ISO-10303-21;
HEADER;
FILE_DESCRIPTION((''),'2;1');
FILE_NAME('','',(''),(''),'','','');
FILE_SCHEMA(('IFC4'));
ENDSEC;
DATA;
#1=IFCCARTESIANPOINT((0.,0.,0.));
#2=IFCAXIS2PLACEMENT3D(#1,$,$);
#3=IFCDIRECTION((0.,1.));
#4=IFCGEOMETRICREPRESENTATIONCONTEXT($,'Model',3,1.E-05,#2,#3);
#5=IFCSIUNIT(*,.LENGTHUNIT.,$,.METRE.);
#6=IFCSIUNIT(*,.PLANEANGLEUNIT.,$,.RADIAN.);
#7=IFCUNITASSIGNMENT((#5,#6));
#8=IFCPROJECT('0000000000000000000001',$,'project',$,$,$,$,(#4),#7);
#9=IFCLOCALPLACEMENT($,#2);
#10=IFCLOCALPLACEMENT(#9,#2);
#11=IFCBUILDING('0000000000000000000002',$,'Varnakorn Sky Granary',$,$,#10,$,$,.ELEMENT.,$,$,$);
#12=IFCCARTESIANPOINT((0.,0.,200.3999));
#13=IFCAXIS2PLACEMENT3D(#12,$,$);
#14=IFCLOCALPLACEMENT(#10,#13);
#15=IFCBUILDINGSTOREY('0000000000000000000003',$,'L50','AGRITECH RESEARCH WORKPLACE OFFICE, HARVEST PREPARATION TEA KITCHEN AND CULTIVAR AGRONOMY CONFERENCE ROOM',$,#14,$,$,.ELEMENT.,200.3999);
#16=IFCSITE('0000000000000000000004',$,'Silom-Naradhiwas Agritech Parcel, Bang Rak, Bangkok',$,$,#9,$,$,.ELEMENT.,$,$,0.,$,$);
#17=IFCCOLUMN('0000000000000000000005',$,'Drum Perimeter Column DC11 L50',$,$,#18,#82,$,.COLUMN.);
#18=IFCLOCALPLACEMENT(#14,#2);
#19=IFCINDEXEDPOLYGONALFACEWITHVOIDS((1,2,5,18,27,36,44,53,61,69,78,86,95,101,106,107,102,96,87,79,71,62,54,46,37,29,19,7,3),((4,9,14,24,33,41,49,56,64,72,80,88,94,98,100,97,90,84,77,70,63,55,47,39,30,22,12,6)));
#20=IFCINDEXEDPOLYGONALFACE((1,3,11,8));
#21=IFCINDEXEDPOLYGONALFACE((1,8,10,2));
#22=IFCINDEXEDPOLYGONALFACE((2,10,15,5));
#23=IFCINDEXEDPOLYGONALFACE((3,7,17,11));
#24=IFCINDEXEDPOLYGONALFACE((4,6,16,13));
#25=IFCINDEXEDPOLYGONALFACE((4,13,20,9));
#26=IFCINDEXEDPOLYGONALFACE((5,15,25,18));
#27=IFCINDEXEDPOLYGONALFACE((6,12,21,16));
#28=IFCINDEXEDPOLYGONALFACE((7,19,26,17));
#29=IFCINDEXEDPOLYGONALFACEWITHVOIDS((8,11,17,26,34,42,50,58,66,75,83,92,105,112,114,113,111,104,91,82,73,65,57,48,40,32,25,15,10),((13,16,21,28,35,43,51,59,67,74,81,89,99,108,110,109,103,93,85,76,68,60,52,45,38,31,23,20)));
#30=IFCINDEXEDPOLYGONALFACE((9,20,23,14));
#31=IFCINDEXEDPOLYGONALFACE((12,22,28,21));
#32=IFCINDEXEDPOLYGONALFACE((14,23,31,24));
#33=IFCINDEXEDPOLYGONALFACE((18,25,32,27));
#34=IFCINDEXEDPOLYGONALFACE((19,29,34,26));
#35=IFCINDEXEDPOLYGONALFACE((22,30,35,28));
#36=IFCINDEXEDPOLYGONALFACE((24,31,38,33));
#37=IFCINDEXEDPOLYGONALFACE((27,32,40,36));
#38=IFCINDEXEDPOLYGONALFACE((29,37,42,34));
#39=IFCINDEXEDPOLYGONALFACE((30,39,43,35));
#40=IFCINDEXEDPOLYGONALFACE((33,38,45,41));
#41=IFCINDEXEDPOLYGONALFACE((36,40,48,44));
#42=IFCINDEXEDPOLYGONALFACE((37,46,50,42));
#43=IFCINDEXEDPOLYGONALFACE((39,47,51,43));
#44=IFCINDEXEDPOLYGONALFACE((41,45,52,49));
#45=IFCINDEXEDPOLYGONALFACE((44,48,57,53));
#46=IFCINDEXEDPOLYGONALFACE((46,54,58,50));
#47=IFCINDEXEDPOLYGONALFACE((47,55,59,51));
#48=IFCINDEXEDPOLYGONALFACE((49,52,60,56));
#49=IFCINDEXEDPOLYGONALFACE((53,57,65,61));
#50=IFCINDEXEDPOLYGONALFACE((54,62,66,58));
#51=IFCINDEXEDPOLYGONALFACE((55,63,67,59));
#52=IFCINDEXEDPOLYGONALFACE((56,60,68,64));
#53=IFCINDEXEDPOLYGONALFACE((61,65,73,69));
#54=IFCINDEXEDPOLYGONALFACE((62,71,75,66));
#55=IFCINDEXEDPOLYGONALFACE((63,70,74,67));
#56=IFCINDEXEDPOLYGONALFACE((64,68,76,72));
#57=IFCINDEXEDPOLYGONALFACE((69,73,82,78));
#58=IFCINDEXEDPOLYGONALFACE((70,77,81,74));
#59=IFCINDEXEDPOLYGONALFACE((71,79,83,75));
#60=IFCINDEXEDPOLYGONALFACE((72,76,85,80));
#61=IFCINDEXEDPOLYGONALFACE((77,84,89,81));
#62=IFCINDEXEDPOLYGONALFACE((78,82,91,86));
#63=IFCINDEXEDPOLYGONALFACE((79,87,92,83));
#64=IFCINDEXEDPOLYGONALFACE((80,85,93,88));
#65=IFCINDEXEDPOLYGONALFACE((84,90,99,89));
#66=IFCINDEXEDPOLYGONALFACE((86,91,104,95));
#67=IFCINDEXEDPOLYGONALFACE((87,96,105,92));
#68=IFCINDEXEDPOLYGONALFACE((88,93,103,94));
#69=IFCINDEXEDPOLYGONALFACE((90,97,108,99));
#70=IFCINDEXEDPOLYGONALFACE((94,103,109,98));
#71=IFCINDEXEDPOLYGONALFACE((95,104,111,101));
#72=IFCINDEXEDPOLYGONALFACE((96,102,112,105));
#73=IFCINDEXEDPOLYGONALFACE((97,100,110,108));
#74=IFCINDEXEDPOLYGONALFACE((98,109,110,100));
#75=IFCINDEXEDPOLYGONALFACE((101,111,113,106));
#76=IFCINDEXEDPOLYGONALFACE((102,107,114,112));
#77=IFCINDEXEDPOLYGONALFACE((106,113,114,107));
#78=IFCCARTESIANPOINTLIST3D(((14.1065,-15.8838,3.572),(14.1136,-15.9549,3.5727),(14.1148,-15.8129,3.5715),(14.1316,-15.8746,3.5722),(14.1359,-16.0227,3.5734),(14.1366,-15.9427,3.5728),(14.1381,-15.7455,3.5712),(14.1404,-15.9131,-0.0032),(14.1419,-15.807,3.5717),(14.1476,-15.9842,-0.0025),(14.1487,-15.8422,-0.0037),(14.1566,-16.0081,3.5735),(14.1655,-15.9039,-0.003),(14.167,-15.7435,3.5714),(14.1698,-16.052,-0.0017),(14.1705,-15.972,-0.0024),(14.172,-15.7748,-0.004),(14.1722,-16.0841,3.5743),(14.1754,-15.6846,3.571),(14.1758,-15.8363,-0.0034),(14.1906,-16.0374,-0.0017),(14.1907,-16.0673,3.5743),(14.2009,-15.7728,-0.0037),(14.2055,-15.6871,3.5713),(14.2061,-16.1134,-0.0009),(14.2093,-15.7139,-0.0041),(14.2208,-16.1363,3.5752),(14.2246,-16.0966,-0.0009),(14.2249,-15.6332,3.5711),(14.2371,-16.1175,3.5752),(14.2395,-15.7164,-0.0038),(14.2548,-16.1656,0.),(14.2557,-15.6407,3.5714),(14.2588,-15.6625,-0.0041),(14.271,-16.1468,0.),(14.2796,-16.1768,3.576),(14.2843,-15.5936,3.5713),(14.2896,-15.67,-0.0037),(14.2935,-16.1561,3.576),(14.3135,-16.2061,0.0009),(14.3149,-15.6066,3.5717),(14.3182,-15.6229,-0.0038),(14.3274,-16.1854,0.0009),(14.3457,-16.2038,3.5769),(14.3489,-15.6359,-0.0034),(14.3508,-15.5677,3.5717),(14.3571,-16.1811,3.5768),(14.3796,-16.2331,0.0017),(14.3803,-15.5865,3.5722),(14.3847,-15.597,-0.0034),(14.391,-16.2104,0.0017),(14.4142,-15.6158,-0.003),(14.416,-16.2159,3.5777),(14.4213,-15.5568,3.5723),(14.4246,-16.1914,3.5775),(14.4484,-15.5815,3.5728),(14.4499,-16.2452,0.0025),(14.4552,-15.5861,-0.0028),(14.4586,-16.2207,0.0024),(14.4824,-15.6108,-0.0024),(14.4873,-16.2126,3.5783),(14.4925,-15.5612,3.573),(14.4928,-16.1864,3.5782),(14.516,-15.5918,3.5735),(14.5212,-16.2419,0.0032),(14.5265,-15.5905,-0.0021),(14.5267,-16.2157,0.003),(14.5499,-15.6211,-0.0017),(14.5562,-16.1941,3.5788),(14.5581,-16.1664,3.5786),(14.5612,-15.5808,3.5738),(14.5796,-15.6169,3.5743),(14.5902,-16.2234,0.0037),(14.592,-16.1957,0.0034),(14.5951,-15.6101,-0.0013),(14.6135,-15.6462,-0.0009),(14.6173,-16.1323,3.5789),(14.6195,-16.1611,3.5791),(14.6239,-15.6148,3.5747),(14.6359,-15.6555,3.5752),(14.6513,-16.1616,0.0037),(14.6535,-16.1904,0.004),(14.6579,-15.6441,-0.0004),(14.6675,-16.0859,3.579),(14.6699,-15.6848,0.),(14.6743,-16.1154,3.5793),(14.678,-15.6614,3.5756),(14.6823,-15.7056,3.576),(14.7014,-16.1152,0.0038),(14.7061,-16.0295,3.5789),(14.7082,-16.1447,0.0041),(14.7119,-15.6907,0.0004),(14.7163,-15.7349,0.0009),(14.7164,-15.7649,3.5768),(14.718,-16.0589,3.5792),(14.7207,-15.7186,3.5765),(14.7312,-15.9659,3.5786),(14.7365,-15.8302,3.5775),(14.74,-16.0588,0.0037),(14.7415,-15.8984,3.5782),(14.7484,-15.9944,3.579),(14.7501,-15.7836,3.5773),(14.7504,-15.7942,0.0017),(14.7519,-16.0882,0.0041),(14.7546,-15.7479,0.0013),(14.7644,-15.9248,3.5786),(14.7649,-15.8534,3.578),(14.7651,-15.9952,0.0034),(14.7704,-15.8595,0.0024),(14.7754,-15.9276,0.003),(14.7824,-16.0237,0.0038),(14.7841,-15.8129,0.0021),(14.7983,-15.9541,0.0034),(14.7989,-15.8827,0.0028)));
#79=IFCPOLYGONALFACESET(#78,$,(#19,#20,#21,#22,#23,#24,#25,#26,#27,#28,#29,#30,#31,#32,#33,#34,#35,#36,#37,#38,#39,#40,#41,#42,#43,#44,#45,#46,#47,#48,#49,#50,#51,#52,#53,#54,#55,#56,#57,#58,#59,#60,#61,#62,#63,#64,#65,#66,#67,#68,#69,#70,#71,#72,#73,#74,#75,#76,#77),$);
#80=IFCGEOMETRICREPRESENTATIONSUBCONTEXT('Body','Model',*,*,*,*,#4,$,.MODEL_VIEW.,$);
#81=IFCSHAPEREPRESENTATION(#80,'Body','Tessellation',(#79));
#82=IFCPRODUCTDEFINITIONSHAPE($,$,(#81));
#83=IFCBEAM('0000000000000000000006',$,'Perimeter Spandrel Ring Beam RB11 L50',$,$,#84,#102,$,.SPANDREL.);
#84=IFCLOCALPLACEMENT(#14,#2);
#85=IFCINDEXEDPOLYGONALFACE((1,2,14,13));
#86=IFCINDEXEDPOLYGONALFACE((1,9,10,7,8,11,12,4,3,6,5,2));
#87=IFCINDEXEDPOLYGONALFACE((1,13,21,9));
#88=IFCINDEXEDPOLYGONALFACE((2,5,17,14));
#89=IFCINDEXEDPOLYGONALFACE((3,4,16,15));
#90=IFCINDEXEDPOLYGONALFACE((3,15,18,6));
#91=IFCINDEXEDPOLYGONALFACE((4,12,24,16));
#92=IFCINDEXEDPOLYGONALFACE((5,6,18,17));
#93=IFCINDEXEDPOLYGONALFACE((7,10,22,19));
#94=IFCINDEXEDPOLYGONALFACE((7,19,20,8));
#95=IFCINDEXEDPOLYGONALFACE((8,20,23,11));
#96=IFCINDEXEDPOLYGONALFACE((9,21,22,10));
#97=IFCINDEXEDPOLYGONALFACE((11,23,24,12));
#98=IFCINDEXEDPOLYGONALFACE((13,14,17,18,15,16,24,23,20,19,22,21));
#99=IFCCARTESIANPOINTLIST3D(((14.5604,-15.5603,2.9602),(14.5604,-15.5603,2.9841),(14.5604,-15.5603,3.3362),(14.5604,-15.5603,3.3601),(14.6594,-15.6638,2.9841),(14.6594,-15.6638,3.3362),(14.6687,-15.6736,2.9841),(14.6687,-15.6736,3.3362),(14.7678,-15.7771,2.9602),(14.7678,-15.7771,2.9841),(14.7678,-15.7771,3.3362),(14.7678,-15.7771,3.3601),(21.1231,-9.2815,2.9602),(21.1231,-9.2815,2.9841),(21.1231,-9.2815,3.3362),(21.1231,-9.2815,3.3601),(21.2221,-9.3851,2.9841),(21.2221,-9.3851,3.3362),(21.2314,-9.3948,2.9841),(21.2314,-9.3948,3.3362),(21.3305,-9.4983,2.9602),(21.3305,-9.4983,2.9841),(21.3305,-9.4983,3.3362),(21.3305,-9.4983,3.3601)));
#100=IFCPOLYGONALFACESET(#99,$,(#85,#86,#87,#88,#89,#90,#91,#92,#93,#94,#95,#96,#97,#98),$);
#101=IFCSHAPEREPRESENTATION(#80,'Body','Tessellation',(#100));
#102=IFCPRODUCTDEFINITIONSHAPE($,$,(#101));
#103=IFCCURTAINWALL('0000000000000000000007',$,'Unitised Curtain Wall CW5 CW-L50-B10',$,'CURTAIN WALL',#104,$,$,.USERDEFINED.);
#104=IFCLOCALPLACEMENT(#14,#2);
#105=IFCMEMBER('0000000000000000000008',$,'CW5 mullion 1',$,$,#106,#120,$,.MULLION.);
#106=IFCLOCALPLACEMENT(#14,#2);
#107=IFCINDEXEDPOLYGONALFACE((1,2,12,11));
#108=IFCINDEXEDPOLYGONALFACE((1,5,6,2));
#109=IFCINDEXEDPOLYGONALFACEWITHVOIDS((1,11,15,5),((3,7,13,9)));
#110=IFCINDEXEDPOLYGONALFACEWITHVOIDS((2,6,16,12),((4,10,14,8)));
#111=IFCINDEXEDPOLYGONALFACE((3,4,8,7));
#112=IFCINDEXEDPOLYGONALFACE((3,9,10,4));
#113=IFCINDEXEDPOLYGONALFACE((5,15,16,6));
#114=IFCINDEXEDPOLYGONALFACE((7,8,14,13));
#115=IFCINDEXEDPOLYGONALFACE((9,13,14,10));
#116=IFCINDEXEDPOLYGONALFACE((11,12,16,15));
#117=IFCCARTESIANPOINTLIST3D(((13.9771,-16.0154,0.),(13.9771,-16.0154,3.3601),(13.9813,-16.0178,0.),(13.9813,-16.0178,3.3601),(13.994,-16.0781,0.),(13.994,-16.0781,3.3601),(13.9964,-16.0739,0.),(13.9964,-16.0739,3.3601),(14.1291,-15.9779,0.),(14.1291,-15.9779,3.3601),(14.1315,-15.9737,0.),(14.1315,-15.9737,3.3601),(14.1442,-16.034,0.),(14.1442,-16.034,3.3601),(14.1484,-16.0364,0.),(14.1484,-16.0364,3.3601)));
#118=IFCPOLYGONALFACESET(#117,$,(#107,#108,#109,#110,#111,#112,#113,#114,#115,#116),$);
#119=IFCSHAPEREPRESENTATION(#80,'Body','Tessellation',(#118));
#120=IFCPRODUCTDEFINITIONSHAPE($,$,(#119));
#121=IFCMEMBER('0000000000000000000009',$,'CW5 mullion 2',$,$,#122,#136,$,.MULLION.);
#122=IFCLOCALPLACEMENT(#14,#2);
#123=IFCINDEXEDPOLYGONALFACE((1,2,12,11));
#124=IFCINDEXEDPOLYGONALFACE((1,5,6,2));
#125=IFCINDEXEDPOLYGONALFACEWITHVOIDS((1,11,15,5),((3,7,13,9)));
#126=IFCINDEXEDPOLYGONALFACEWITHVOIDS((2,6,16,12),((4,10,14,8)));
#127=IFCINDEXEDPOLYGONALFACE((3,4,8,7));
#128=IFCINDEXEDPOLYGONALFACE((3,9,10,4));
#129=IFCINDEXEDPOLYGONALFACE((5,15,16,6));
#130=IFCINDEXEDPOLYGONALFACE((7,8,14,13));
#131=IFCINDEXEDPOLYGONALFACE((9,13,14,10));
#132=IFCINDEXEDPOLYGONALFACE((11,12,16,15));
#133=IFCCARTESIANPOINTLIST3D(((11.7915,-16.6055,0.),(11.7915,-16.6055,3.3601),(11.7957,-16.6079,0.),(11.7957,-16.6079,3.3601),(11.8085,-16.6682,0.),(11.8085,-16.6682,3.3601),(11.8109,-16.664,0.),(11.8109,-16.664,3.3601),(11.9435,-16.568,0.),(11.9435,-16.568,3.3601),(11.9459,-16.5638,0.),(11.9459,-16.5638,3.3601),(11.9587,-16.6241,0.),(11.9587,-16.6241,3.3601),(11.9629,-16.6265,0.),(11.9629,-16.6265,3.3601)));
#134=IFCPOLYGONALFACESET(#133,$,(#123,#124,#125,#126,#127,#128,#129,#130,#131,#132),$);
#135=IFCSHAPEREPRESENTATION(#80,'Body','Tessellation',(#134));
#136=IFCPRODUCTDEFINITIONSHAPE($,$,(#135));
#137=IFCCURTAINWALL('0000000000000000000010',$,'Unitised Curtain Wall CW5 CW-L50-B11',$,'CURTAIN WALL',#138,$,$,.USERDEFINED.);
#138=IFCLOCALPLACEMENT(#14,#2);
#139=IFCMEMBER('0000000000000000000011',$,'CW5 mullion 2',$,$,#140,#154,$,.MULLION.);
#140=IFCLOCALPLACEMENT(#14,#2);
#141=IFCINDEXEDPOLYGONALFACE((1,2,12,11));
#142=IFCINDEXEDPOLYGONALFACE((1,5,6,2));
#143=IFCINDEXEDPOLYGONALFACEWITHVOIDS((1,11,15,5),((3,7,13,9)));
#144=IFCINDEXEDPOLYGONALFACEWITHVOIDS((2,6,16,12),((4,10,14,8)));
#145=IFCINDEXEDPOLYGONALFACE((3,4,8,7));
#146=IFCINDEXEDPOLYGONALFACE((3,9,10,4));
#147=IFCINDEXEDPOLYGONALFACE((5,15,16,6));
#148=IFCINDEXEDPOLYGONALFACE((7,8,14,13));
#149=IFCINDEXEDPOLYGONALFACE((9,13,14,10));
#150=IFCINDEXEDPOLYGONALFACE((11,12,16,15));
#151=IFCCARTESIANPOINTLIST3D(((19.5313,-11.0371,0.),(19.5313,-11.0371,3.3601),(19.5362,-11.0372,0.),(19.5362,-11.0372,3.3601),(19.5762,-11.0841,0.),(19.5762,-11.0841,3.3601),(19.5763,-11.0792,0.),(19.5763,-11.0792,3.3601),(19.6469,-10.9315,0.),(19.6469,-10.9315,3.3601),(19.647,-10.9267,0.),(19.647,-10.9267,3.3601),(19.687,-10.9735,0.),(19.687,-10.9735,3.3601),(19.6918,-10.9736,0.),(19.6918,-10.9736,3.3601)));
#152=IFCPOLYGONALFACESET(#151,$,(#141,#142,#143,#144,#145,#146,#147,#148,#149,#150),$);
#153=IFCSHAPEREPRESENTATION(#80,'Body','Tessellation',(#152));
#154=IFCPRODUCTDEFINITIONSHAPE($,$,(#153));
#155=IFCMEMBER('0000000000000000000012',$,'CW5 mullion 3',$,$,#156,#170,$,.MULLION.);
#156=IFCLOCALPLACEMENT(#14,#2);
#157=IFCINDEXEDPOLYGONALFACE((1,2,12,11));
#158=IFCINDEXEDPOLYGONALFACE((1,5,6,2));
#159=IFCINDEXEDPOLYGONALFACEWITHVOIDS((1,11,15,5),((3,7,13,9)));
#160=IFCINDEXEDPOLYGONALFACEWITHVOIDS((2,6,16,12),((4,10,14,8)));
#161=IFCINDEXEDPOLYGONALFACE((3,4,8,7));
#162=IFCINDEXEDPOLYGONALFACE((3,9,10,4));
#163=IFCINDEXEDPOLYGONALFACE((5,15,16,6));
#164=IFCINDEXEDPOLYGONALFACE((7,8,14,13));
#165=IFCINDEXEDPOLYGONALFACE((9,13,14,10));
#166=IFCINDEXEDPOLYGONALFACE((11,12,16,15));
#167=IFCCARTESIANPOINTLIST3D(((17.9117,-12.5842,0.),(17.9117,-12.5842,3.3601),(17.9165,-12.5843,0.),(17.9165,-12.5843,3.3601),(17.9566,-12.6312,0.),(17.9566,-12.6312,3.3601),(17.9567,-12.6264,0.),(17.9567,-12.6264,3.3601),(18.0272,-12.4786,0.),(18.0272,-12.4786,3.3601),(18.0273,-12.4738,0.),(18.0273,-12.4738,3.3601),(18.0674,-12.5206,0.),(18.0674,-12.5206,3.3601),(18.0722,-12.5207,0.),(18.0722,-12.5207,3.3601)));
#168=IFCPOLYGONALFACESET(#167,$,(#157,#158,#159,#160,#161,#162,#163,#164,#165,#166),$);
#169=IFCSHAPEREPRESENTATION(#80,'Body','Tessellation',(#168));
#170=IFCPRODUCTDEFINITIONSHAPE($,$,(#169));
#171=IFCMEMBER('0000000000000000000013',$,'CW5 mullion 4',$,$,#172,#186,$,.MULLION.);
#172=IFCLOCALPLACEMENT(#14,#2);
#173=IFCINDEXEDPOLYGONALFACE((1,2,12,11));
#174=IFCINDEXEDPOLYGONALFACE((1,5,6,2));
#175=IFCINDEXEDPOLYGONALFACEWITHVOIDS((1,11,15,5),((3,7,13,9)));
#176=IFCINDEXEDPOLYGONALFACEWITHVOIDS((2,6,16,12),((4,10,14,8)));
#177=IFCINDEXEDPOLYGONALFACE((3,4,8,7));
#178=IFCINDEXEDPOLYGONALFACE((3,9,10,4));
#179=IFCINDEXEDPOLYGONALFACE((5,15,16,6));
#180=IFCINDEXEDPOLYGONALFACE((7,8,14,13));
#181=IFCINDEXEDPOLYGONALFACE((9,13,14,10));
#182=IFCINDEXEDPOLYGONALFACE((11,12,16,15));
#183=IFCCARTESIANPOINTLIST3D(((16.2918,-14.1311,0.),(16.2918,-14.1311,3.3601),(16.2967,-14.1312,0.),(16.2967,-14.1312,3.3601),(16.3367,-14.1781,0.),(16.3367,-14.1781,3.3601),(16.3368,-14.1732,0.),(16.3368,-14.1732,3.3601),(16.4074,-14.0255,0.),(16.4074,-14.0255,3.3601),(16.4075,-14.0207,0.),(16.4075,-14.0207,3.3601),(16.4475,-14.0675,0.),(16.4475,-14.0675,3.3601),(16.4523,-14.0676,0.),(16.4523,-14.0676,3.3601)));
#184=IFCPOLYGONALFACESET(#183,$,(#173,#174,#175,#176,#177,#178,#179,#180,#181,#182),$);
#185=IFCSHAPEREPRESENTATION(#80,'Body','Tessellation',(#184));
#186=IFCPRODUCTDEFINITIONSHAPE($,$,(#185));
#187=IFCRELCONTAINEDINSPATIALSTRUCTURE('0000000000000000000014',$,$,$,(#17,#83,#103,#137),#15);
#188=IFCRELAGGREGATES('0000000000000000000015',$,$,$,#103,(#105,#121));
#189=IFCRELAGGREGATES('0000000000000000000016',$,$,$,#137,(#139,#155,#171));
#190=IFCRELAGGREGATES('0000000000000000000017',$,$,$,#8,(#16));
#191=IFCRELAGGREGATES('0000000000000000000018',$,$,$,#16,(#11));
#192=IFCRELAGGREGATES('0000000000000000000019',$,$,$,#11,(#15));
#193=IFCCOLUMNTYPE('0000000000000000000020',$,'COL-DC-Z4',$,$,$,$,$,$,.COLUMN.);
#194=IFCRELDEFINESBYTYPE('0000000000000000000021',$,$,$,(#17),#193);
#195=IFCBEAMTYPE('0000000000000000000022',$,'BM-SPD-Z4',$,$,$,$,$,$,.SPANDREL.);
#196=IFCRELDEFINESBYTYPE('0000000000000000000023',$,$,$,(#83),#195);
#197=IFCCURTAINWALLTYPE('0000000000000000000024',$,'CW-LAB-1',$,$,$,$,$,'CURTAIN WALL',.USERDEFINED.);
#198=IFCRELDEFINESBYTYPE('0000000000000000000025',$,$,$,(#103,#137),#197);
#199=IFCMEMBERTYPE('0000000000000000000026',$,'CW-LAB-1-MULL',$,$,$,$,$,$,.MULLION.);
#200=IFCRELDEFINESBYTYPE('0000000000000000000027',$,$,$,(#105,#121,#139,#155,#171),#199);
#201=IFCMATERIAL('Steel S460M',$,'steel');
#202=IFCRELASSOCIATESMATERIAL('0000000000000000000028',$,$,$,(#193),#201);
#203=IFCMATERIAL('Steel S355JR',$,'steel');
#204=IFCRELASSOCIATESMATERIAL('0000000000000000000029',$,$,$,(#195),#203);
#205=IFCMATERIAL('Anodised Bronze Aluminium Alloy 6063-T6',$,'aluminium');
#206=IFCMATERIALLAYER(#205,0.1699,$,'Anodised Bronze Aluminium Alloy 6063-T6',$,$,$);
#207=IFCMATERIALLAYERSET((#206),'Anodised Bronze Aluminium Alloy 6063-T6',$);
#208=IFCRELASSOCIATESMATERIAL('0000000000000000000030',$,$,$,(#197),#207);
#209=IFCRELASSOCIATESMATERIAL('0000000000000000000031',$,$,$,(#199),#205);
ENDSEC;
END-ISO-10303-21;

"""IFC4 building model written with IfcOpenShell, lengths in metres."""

from ifc_helpers import new_model, si_unit, direction, frame, origin, origin_2d, place, context, subcontext, project, spatial, hollow_rectangle, hollow_circle, i_section, extrude, material, layer, layer_set, material_profile, profile_set, type_object, element, aggregate, save


model = new_model("IFC4")

# Units and contexts
model_context = context("Model", 3, precision=1e-05, world=origin(), true_north=direction((0.0, 1.0)))
body_context = subcontext(model_context, "Body", "Model", "MODEL_VIEW")
ifc_project = project(units=[si_unit("LENGTHUNIT", "METRE"), si_unit("PLANEANGLEUNIT", "RADIAN")], contexts=[model_context])

# Site, building, storey
site_placement = place(None, origin())
site = spatial("IfcSite", under=ifc_project, at=site_placement, Name="Silom-Naradhiwas Agritech Parcel, Bang Rak, Bangkok", CompositionType="ELEMENT", RefElevation=0.0)
building_placement = place(site_placement, origin())
building = spatial("IfcBuilding", under=site, at=building_placement, Name="Varnakorn Sky Granary", CompositionType="ELEMENT")
storey_placement = place(building_placement, frame((0.0, 0.0, 200.3999)))
storey = spatial("IfcBuildingStorey", under=building, at=storey_placement, Name="L50", Description="AGRITECH RESEARCH WORKPLACE OFFICE, HARVEST PREPARATION TEA KITCHEN AND CULTIVAR AGRONOMY CONFERENCE ROOM", CompositionType="ELEMENT", Elevation=200.3999)

# Column
ifc_material_1 = material(Name="Steel S460M", Category="steel")
ifc_material_profile_1 = material_profile(ifc_material_1, hollow_circle(Radius=0.3301, WallThickness=0.0249, at=origin_2d()), Name="CHS 660x25")
ifc_profile_set_1 = profile_set([ifc_material_profile_1], Name="Steel S460M")
column_type = type_object("IfcColumnType", Name="COL-DC-Z4", PredefinedType="COLUMN", material=ifc_profile_set_1)
column_placement = place(storey_placement, frame((14.4705, -15.9158, 0.0), z_axis=(-0.009491, 0.008194, 0.999921), x_axis=(-0.653478, -0.756945, 0.0)))
element("IfcColumn", 1, at=column_placement, inside=storey, type_object=column_type, Name="Drum Perimeter Column DC11 L50", PredefinedType="COLUMN", context=body_context, shape_type="SweptSolid", body=[
    extrude(hollow_circle(Radius=0.3301, WallThickness=0.0249, at=origin_2d()), origin(), (0.0, 0.0, 1.0), 3.5754),
])

# Beam
ifc_material_2 = material(Name="Steel S355JR", Category="steel")
ifc_material_profile_2 = material_profile(ifc_material_2, i_section(OverallWidth=0.3, OverallDepth=0.3999, WebThickness=0.0134, FlangeThickness=0.0239, at=origin_2d()), Name="HE 400 B")
ifc_profile_set_2 = profile_set([ifc_material_profile_2], Name="Steel S355JR")
beam_type = type_object("IfcBeamType", Name="BM-SPD-Z4", PredefinedType="SPANDREL", material=ifc_profile_set_2)
beam_placement = place(storey_placement, frame((14.6641, -15.6687, 3.1602), z_axis=(0.722565, 0.691303, 0.0), x_axis=(-0.691303, 0.722565, 0.0)))
element("IfcBeam", 2, at=beam_placement, inside=storey, type_object=beam_type, Name="Perimeter Spandrel Ring Beam RB11 L50", PredefinedType="SPANDREL", context=body_context, shape_type="SweptSolid", body=[
    extrude(i_section(OverallWidth=0.3, OverallDepth=0.3999, WebThickness=0.0134, FlangeThickness=0.0239, at=origin_2d()), origin(), (0.0, 0.0, 1.0), 9.0825),
])

# Curtain walls, members
ifc_material_3 = material(Name="Anodised Bronze Aluminium Alloy 6063-T6", Category="aluminium")
ifc_layer_1 = layer(ifc_material_3, 0.1699, Name="Anodised Bronze Aluminium Alloy 6063-T6")
ifc_layer_set_1 = layer_set([ifc_layer_1], Name="Anodised Bronze Aluminium Alloy 6063-T6")
curtain_wall_type = type_object("IfcCurtainWallType", Name="CW-LAB-1", ElementType="CURTAIN WALL", PredefinedType="USERDEFINED", material=ifc_layer_set_1)
curtain_wall_1_placement = place(storey_placement, origin())
curtain_wall_1 = element("IfcCurtainWall", 3, at=curtain_wall_1_placement, inside=storey, type_object=curtain_wall_type, Name="Unitised Curtain Wall CW5 CW-L50-B10", ObjectType="CURTAIN WALL", PredefinedType="USERDEFINED")
ifc_material_profile_3 = material_profile(ifc_material_3, hollow_rectangle(XDim=0.0649, YDim=0.1599, WallThickness=0.0034, at=origin_2d()), Name="ALU MULL 65x160")
ifc_profile_set_3 = profile_set([ifc_material_profile_3], Name="Anodised Bronze Aluminium Alloy 6063-T6")
member_type_1 = type_object("IfcMemberType", Name="CW-LAB-1-MULL", PredefinedType="MULLION", material=ifc_profile_set_3)
member_1_placement = place(storey_placement, frame((14.0627, -16.0259, 0.0), z_axis=(0.0, 0.0, 1.0), x_axis=(0.260643, -0.965435, 0.0)))
member_1 = element("IfcMember", 4, at=member_1_placement, type_object=member_type_1, Name="CW5 mullion 1", PredefinedType="MULLION", context=body_context, shape_type="SweptSolid", body=[
    extrude(hollow_rectangle(XDim=0.0649, YDim=0.1599, WallThickness=0.0034, at=origin_2d()), origin(), (0.0, 0.0, 1.0), 3.3601),
])
member_2_placement = place(storey_placement, frame((11.8772, -16.616, 0.0), z_axis=(0.0, 0.0, 1.0), x_axis=(0.260643, -0.965435, 0.0)))
member_2 = element("IfcMember", 5, at=member_2_placement, type_object=member_type_1, Name="CW5 mullion 2", PredefinedType="MULLION", context=body_context, shape_type="SweptSolid", body=[
    extrude(hollow_rectangle(XDim=0.0649, YDim=0.1599, WallThickness=0.0034, at=origin_2d()), origin(), (0.0, 0.0, 1.0), 3.3601),
])
curtain_wall_2_placement = place(storey_placement, origin())
curtain_wall_2 = element("IfcCurtainWall", 6, at=curtain_wall_2_placement, inside=storey, type_object=curtain_wall_type, Name="Unitised Curtain Wall CW5 CW-L50-B11", ObjectType="CURTAIN WALL", PredefinedType="USERDEFINED")
member_3_placement = place(storey_placement, frame((19.6116, -11.0054, 0.0), z_axis=(0.0, 0.0, 1.0), x_axis=(0.690697, -0.723144, 0.0)))
member_3 = element("IfcMember", 7, at=member_3_placement, type_object=member_type_1, Name="CW5 mullion 2", PredefinedType="MULLION", context=body_context, shape_type="SweptSolid", body=[
    extrude(hollow_rectangle(XDim=0.0649, YDim=0.1599, WallThickness=0.0034, at=origin_2d()), origin(), (0.0, 0.0, 1.0), 3.3601),
])
member_4_placement = place(storey_placement, frame((17.9919, -12.5525, 0.0), z_axis=(0.0, 0.0, 1.0), x_axis=(0.690697, -0.723144, 0.0)))
member_4 = element("IfcMember", 8, at=member_4_placement, type_object=member_type_1, Name="CW5 mullion 3", PredefinedType="MULLION", context=body_context, shape_type="SweptSolid", body=[
    extrude(hollow_rectangle(XDim=0.0649, YDim=0.1599, WallThickness=0.0034, at=origin_2d()), origin(), (0.0, 0.0, 1.0), 3.3601),
])
member_5_placement = place(storey_placement, frame((16.3721, -14.0994, 0.0), z_axis=(0.0, 0.0, 1.0), x_axis=(0.690697, -0.723144, 0.0)))
member_5 = element("IfcMember", 9, at=member_5_placement, type_object=member_type_1, Name="CW5 mullion 4", PredefinedType="MULLION", context=body_context, shape_type="SweptSolid", body=[
    extrude(hollow_rectangle(XDim=0.0649, YDim=0.1599, WallThickness=0.0034, at=origin_2d()), origin(), (0.0, 0.0, 1.0), 3.3601),
])

aggregate(curtain_wall_1, [member_1, member_2])
aggregate(curtain_wall_2, [member_3, member_4, member_5])

save(model, "model.ifc")
